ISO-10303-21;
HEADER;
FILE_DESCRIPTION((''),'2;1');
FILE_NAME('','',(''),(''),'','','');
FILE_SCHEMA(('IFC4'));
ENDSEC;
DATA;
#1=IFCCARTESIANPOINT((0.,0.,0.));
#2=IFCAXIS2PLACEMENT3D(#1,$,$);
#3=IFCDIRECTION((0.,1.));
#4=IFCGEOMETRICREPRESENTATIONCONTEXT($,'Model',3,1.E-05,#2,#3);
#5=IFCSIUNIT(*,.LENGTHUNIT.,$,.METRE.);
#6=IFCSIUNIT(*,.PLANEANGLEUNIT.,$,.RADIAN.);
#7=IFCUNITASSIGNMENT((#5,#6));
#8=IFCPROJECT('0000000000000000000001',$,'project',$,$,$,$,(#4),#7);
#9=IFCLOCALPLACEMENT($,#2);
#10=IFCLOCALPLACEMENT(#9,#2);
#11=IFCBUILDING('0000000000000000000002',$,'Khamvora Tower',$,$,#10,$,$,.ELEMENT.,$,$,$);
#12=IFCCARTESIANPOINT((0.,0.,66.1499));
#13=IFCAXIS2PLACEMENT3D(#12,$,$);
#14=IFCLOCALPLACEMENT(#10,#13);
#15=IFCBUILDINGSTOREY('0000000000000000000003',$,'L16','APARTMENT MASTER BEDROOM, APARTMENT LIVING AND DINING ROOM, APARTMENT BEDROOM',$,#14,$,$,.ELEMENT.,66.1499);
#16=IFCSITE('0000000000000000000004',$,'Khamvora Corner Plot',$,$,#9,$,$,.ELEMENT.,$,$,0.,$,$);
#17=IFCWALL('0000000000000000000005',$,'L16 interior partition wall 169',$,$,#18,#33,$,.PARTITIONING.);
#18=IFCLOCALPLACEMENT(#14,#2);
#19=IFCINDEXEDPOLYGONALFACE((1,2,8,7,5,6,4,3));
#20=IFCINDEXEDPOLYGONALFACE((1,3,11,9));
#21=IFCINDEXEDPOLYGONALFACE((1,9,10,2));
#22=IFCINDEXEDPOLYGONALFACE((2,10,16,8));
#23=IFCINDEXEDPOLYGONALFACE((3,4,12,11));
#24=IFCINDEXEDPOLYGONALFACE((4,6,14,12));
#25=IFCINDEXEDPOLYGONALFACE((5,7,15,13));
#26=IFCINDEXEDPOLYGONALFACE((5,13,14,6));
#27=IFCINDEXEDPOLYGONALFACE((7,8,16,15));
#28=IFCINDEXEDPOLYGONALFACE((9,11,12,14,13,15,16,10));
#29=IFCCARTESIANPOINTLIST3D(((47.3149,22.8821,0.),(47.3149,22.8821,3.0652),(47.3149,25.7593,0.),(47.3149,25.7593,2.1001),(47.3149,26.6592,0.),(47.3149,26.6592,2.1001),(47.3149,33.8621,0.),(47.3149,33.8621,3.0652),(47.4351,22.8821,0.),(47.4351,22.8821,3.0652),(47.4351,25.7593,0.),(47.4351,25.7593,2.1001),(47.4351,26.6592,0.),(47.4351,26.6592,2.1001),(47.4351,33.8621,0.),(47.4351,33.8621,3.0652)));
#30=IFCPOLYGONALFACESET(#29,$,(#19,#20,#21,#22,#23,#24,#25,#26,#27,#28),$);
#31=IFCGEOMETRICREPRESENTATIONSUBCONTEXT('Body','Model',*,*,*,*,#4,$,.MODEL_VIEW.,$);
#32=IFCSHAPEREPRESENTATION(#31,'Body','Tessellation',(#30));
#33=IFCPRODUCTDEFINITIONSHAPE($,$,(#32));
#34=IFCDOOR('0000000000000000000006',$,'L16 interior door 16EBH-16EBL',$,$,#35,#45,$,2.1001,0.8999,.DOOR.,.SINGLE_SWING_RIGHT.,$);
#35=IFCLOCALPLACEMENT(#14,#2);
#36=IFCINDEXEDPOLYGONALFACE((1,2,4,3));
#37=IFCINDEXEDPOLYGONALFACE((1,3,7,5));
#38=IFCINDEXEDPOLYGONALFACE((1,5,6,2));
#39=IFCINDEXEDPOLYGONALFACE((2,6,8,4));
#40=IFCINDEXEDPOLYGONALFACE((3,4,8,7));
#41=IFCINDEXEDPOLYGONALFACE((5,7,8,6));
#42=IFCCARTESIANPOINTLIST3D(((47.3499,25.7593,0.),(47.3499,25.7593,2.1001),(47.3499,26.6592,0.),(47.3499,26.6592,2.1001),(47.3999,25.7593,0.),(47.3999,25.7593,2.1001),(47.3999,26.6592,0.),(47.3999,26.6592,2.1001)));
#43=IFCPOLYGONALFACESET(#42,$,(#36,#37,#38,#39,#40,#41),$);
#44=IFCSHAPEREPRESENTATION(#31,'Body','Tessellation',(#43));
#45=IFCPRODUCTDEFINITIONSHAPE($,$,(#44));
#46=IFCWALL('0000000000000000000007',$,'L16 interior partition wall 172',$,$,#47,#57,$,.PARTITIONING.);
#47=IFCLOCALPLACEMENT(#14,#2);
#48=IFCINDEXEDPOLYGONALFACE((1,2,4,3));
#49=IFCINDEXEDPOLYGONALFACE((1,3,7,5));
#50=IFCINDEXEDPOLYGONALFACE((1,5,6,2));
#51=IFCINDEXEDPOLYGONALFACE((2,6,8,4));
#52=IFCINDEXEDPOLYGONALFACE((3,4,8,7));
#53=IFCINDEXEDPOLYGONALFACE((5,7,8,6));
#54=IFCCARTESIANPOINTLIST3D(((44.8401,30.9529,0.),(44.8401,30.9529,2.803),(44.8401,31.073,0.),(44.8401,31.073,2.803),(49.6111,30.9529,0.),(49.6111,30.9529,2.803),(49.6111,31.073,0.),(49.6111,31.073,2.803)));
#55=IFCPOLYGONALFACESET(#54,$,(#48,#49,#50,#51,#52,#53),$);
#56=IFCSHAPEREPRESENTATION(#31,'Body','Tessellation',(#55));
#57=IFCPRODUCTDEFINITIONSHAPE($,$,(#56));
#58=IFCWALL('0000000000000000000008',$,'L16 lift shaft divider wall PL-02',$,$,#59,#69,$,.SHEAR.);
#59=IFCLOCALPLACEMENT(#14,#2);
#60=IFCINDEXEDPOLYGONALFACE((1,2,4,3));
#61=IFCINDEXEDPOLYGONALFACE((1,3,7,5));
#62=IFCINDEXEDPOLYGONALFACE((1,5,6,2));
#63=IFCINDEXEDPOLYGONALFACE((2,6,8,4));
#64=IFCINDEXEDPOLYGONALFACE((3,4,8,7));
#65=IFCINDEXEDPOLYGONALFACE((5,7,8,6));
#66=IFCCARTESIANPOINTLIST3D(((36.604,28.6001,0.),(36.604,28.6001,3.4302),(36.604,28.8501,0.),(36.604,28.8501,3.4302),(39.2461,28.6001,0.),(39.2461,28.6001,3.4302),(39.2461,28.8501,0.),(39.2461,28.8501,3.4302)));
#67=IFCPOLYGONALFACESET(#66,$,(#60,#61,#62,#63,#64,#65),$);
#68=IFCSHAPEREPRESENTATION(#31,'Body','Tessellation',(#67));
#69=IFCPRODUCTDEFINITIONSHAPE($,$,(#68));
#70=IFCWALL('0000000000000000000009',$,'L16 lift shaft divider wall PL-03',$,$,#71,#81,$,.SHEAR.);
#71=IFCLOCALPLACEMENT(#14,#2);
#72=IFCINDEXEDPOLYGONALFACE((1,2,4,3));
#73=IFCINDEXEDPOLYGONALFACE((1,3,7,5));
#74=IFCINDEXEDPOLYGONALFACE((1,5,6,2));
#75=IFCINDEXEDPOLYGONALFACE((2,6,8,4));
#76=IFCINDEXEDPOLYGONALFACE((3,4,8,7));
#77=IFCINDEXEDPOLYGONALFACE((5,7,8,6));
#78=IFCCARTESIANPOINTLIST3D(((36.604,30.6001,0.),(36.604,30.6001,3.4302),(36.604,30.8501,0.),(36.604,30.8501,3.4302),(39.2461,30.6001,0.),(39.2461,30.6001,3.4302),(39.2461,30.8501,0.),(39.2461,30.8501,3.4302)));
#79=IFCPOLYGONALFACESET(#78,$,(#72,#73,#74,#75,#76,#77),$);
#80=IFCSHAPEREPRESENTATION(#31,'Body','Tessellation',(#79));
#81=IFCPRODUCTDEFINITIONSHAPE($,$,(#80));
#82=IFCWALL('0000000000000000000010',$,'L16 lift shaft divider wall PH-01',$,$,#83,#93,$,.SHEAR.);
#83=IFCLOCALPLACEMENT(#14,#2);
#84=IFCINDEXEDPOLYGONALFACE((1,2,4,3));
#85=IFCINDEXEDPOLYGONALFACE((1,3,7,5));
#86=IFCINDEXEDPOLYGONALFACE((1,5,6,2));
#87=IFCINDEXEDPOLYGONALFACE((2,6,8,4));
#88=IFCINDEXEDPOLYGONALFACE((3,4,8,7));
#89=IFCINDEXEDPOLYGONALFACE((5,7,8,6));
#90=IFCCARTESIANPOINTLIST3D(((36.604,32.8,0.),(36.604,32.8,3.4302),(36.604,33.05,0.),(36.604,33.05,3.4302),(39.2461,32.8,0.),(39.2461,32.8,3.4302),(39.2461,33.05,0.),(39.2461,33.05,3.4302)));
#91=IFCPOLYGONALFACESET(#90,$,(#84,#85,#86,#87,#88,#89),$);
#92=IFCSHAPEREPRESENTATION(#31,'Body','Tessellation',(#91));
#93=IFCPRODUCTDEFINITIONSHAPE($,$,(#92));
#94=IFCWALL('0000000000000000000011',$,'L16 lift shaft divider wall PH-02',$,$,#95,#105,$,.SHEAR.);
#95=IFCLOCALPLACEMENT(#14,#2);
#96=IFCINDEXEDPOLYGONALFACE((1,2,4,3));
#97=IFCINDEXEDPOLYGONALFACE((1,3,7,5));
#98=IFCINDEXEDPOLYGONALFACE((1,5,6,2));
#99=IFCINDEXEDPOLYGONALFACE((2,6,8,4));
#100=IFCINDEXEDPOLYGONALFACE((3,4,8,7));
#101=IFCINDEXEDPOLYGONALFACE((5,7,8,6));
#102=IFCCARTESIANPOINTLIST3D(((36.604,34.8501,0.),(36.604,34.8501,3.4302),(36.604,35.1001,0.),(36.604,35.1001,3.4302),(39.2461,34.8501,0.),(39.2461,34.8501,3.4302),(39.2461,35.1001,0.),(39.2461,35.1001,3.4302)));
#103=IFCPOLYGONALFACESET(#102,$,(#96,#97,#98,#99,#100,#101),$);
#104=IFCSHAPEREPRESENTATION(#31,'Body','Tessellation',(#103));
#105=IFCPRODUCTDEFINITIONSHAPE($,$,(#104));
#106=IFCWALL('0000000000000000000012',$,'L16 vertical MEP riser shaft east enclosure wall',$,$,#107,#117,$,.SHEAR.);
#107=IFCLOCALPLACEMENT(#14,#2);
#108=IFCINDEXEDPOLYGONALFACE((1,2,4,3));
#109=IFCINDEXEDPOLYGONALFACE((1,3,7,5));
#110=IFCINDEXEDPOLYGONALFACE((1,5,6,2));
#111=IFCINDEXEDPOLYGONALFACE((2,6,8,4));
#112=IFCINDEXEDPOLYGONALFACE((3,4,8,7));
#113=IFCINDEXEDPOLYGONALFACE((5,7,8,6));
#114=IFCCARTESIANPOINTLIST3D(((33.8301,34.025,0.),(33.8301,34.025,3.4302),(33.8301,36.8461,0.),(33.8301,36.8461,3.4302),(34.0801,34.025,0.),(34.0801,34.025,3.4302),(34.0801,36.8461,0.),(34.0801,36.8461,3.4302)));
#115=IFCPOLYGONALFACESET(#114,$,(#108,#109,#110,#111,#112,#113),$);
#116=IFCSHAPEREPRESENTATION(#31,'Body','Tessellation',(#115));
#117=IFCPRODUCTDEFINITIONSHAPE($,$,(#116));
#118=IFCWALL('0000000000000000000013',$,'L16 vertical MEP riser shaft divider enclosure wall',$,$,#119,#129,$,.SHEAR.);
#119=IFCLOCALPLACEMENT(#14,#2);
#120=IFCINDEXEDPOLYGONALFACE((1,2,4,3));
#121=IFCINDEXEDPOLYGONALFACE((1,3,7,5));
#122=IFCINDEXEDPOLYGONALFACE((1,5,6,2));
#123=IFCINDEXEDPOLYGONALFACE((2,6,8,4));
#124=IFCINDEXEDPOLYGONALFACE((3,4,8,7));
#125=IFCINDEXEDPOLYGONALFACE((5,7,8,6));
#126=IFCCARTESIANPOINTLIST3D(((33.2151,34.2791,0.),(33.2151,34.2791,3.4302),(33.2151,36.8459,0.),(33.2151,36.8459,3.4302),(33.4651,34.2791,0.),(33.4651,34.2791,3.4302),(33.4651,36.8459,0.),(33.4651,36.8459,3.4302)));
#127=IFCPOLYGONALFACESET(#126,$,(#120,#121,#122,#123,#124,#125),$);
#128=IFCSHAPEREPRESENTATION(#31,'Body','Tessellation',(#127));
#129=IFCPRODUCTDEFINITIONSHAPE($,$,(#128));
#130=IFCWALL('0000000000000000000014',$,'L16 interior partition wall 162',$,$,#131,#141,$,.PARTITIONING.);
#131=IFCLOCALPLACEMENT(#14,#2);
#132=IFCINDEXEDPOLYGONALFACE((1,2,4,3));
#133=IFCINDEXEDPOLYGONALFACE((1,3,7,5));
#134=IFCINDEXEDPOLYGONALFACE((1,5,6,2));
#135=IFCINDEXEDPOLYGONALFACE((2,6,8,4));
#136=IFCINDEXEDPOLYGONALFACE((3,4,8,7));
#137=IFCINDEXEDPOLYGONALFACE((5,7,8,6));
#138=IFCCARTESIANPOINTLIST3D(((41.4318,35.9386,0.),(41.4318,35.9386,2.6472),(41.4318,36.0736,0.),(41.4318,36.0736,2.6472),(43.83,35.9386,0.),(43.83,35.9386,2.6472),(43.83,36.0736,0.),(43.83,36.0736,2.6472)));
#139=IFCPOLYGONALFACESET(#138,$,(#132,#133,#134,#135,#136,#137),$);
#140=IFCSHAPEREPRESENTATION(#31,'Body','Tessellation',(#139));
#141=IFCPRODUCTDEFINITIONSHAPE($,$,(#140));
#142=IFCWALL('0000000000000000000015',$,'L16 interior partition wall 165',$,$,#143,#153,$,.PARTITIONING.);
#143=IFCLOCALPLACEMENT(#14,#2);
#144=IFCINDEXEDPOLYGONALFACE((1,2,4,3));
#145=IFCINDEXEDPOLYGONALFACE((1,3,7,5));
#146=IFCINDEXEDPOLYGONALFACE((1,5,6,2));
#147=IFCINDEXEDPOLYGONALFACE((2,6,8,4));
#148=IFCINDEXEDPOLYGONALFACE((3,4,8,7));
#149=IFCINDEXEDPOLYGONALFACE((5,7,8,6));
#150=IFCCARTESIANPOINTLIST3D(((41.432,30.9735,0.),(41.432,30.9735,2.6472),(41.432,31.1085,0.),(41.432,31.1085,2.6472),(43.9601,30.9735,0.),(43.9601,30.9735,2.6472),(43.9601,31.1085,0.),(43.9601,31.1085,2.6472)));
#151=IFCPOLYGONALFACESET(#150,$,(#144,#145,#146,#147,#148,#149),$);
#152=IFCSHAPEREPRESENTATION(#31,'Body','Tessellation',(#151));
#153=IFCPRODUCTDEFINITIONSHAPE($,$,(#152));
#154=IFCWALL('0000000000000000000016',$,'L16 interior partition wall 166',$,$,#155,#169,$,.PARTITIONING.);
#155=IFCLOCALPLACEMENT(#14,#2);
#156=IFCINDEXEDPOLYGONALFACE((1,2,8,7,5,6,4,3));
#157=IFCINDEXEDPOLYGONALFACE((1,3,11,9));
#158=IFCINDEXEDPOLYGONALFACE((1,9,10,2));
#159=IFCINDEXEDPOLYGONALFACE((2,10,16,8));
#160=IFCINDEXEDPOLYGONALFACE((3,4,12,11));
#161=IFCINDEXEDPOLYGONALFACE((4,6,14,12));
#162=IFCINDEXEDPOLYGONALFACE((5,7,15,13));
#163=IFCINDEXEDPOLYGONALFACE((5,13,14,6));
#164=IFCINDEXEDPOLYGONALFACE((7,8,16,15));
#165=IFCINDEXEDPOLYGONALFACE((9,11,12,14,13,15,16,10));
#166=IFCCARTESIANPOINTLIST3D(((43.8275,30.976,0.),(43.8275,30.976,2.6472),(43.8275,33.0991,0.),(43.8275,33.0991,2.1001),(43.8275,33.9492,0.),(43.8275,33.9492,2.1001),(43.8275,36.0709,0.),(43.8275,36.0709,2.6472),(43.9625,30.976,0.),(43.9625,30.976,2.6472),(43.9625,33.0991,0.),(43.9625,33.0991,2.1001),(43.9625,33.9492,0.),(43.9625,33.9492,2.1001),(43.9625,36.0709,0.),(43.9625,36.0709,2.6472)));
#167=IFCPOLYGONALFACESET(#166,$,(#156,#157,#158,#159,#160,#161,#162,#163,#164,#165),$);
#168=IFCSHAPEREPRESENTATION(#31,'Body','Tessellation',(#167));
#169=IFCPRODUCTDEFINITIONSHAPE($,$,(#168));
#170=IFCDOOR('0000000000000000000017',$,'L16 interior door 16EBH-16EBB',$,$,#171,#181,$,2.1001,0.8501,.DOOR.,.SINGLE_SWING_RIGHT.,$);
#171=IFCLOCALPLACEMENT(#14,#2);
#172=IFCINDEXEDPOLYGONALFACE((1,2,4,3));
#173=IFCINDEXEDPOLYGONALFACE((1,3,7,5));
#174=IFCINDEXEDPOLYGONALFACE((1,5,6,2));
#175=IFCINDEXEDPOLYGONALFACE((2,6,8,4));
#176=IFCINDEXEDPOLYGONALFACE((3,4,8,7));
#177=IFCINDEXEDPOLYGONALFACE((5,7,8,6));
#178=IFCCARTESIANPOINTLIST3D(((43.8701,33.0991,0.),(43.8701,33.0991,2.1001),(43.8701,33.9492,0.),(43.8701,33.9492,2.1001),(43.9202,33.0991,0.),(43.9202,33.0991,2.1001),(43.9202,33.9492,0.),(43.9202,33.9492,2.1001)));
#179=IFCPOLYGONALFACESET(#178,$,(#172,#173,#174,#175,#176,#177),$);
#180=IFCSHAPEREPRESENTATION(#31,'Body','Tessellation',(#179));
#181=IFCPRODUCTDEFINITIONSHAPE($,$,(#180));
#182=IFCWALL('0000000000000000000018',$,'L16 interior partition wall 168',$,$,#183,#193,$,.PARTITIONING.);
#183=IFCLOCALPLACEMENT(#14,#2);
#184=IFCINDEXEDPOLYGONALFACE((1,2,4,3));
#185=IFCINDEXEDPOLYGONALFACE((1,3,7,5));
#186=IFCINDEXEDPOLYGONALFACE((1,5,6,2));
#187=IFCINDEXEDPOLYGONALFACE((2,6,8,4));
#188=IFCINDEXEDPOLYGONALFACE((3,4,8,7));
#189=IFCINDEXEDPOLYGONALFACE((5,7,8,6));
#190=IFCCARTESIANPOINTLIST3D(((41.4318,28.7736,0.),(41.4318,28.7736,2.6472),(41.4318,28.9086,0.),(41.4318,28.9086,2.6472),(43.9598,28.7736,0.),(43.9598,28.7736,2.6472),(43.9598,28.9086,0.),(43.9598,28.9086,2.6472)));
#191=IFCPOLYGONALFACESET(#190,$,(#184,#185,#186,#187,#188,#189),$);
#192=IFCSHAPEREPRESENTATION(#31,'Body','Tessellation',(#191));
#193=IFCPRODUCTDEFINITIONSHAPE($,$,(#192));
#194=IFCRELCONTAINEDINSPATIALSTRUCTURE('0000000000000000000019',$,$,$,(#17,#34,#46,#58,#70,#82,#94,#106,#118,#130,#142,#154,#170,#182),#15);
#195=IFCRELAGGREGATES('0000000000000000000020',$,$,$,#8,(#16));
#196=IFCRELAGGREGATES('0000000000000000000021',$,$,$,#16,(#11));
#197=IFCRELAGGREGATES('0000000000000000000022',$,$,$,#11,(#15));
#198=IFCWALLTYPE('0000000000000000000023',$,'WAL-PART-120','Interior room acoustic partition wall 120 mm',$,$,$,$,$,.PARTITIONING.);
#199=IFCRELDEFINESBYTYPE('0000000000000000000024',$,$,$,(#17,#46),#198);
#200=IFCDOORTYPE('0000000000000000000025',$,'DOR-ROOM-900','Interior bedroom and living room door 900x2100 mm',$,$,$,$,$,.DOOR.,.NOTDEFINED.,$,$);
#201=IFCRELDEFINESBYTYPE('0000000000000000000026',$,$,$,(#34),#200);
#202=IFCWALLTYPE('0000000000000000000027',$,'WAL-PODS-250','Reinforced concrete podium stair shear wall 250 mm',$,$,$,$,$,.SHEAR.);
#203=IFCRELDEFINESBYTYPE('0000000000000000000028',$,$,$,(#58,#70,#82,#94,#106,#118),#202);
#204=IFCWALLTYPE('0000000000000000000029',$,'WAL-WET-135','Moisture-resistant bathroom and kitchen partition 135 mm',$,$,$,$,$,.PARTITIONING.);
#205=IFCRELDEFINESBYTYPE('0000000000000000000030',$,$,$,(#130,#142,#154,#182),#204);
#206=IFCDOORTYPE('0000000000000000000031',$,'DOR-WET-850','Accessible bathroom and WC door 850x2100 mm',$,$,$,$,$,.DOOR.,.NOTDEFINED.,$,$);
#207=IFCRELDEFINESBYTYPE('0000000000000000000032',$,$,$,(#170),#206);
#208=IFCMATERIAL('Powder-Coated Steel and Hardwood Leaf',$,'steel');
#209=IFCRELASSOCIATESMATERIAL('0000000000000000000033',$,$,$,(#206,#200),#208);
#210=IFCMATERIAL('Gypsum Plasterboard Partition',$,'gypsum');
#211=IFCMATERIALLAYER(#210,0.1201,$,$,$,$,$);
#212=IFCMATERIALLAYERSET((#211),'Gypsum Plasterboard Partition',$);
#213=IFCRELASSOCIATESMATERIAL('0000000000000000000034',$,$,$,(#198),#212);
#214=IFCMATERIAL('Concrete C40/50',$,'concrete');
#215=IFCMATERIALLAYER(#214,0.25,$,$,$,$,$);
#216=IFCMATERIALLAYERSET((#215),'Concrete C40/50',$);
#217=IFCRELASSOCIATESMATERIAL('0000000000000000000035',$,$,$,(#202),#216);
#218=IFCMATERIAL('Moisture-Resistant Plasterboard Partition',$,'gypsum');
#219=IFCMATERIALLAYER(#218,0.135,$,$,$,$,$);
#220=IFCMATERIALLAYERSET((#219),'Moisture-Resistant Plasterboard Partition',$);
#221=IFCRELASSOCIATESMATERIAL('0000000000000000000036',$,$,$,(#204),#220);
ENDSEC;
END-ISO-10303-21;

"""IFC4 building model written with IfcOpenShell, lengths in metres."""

from ifc_helpers import new_model, si_unit, direction, frame, frame_2d, origin, place, context, subcontext, project, spatial, rectangle, extrude, material, layer, layer_set, type_object, element, fill, save


model = new_model("IFC4")

# Units and contexts
model_context = context("Model", 3, precision=1e-05, world=origin(), true_north=direction((0.0, 1.0)))
body_context = subcontext(model_context, "Body", "Model", "MODEL_VIEW")
ifc_project = project(units=[si_unit("LENGTHUNIT", "METRE"), si_unit("PLANEANGLEUNIT", "RADIAN")], contexts=[model_context])

# Site, building, storey
site_placement = place(None, origin())
site = spatial("IfcSite", under=ifc_project, at=site_placement, Name="Khamvora Corner Plot", CompositionType="ELEMENT", RefElevation=0.0)
building_placement = place(site_placement, origin())
building = spatial("IfcBuilding", under=site, at=building_placement, Name="Khamvora Tower", CompositionType="ELEMENT")
storey_placement = place(building_placement, frame((0.0, 0.0, 66.1499)))
storey = spatial("IfcBuildingStorey", under=building, at=storey_placement, Name="L16", Description="APARTMENT MASTER BEDROOM, APARTMENT LIVING AND DINING ROOM, APARTMENT BEDROOM", CompositionType="ELEMENT", Elevation=66.1499)

# Shared definitions
ifc_material_1 = material(Name="Powder-Coated Steel and Hardwood Leaf", Category="steel")
door_type_1 = type_object("IfcDoorType", Name="DOR-WET-850", Description="Accessible bathroom and WC door 850x2100 mm", OperationType="NOTDEFINED", PredefinedType="DOOR", material=ifc_material_1)

# Shared definitions
door_type_2 = type_object("IfcDoorType", Name="DOR-ROOM-900", Description="Interior bedroom and living room door 900x2100 mm", OperationType="NOTDEFINED", PredefinedType="DOOR", material=ifc_material_1)

# Wall, opening, door
ifc_material_2 = material(Name="Gypsum Plasterboard Partition", Category="gypsum")
ifc_layer_1 = layer(ifc_material_2, 0.1201)
ifc_layer_set_1 = layer_set([ifc_layer_1], Name="Gypsum Plasterboard Partition")
wall_type_1 = type_object("IfcWallType", Name="WAL-PART-120", Description="Interior room acoustic partition wall 120 mm", PredefinedType="PARTITIONING", material=ifc_layer_set_1)
wall_1_placement = place(storey_placement, frame((47.375, 33.8621, 0.0), z_axis=(0.0, 0.0, 1.0), x_axis=(0.0, -1.0, 0.0)))
wall_1 = element("IfcWall", 1, at=wall_1_placement, inside=storey, type_object=wall_type_1, Name="L16 interior partition wall 169", PredefinedType="PARTITIONING", context=body_context, shape_type="SweptSolid", body=[
    extrude(rectangle(XDim=10.98, YDim=0.1201, at=frame_2d((5.49, 0.0))), origin(), (0.0, 0.0, 1.0), 3.0652),
])
opening_1_placement = place(wall_1_placement, frame((7.2029, 0.0, 0.0)))
opening_1 = element("IfcOpeningElement", 2, at=opening_1_placement, cuts=wall_1, PredefinedType="OPENING", context=body_context, shape_type="SweptSolid", body=[
    extrude(rectangle(XDim=0.8999, YDim=2.1001, at=frame_2d((0.45, 1.05))), frame((0.0, 0.0701, 0.0), z_axis=(0.0, -1.0, 0.0), x_axis=(1.0, 0.0, 0.0)), (0.0, 0.0, 1.0), 0.1401),
])
door_1_placement = place(opening_1_placement, origin())
door_1 = element("IfcDoor", 3, at=door_1_placement, inside=storey, type_object=door_type_2, Name="L16 interior door 16EBH-16EBL", OperationType="SINGLE_SWING_RIGHT", OverallHeight=2.1001, OverallWidth=0.8999, PredefinedType="DOOR", context=body_context, shape_type="SweptSolid", body=[
    extrude(rectangle(XDim=0.8999, YDim=2.1001, at=frame_2d((0.45, 1.05))), frame((0.0, 0.0249, 0.0), z_axis=(0.0, -1.0, 0.0), x_axis=(1.0, 0.0, 0.0)), (0.0, 0.0, 1.0), 0.05),
])
fill(opening_1, door_1)

# Walls
wall_2_placement = place(storey_placement, frame((44.8401, 31.0129, 0.0), z_axis=(0.0, 0.0, 1.0), x_axis=(1.0, 0.0, 0.0)))
element("IfcWall", 4, at=wall_2_placement, inside=storey, type_object=wall_type_1, Name="L16 interior partition wall 172", PredefinedType="PARTITIONING", context=body_context, shape_type="SweptSolid", body=[
    extrude(rectangle(XDim=4.771, YDim=0.1201, at=frame_2d((2.3855, 0.0))), origin(), (0.0, 0.0, 1.0), 2.803),
])
ifc_material_3 = material(Name="Concrete C40/50", Category="concrete")
ifc_layer_2 = layer(ifc_material_3, 0.25)
ifc_layer_set_2 = layer_set([ifc_layer_2], Name="Concrete C40/50")
wall_type_2 = type_object("IfcWallType", Name="WAL-PODS-250", Description="Reinforced concrete podium stair shear wall 250 mm", PredefinedType="SHEAR", material=ifc_layer_set_2)
for number, where, z_axis, x_axis, name in (
    (5, (36.604, 28.7251, 0.0), (0.0, 0.0, 1.0), (1.0, 0.0, 0.0), "L16 lift shaft divider wall PL-02"),
    (6, (36.604, 30.7251, 0.0), (0.0, 0.0, 1.0), (1.0, 0.0, 0.0), "L16 lift shaft divider wall PL-03"),
    (7, (36.604, 32.925, 0.0), (0.0, 0.0, 1.0), (1.0, 0.0, 0.0), "L16 lift shaft divider wall PH-01"),
    (8, (36.604, 34.9751, 0.0), (0.0, 0.0, 1.0), (1.0, 0.0, 0.0), "L16 lift shaft divider wall PH-02"),
):
    element("IfcWall", number, at=place(storey_placement, frame(where, z_axis=z_axis, x_axis=x_axis)), inside=storey, type_object=wall_type_2, Name=name, PredefinedType="SHEAR", context=body_context, shape_type="SweptSolid", body=[
        extrude(rectangle(XDim=2.6421, YDim=0.25, at=frame_2d((1.321, 0.0))), origin(), (0.0, 0.0, 1.0), 3.4302),
    ])
wall_3_placement = place(storey_placement, frame((33.9551, 34.0249, 0.0), z_axis=(0.0, 0.0, 1.0), x_axis=(0.0, 1.0, 0.0)))
element("IfcWall", 9, at=wall_3_placement, inside=storey, type_object=wall_type_2, Name="L16 vertical MEP riser shaft east enclosure wall", PredefinedType="SHEAR", context=body_context, shape_type="SweptSolid", body=[
    extrude(rectangle(XDim=2.821, YDim=0.25, at=frame_2d((1.4106, 0.0))), origin(), (0.0, 0.0, 1.0), 3.4302),
])
wall_4_placement = place(storey_placement, frame((33.3401, 34.2791, 0.0), z_axis=(0.0, 0.0, 1.0), x_axis=(0.0, 1.0, 0.0)))
element("IfcWall", 10, at=wall_4_placement, inside=storey, type_object=wall_type_2, Name="L16 vertical MEP riser shaft divider enclosure wall", PredefinedType="SHEAR", context=body_context, shape_type="SweptSolid", body=[
    extrude(rectangle(XDim=2.5669, YDim=0.25, at=frame_2d((1.2834, 0.0))), origin(), (0.0, 0.0, 1.0), 3.4302),
])
ifc_material_4 = material(Name="Moisture-Resistant Plasterboard Partition", Category="gypsum")
ifc_layer_3 = layer(ifc_material_4, 0.135)
ifc_layer_set_3 = layer_set([ifc_layer_3], Name="Moisture-Resistant Plasterboard Partition")
wall_type_3 = type_object("IfcWallType", Name="WAL-WET-135", Description="Moisture-resistant bathroom and kitchen partition 135 mm", PredefinedType="PARTITIONING", material=ifc_layer_set_3)
wall_5_placement = place(storey_placement, frame((43.8301, 36.0061, 0.0), z_axis=(0.0, 0.0, 1.0), x_axis=(-1.0, 0.0, 0.0)))
element("IfcWall", 11, at=wall_5_placement, inside=storey, type_object=wall_type_3, Name="L16 interior partition wall 162", PredefinedType="PARTITIONING", context=body_context, shape_type="SweptSolid", body=[
    extrude(rectangle(XDim=2.3982, YDim=0.135, at=frame_2d((1.1992, 0.0))), origin(), (0.0, 0.0, 1.0), 2.6472),
])
wall_6_placement = place(storey_placement, frame((41.4319, 31.041, 0.0), z_axis=(0.0, 0.0, 1.0), x_axis=(1.0, 0.0, 0.0)))
element("IfcWall", 12, at=wall_6_placement, inside=storey, type_object=wall_type_3, Name="L16 interior partition wall 165", PredefinedType="PARTITIONING", context=body_context, shape_type="SweptSolid", body=[
    extrude(rectangle(XDim=2.5281, YDim=0.135, at=frame_2d((1.2642, 0.0))), origin(), (0.0, 0.0, 1.0), 2.6472),
])

# Wall, opening, door
wall_7_placement = place(storey_placement, frame((43.895, 30.9761, 0.0), z_axis=(0.0, 0.0, 1.0), x_axis=(0.0, 1.0, 0.0)))
wall_7 = element("IfcWall", 13, at=wall_7_placement, inside=storey, type_object=wall_type_3, Name="L16 interior partition wall 166", PredefinedType="PARTITIONING", context=body_context, shape_type="SweptSolid", body=[
    extrude(rectangle(XDim=5.095, YDim=0.135, at=frame_2d((2.5474, 0.0))), origin(), (0.0, 0.0, 1.0), 2.6472),
])
opening_2_placement = place(wall_7_placement, frame((2.123, 0.0, 0.0)))
opening_2 = element("IfcOpeningElement", 14, at=opening_2_placement, cuts=wall_7, PredefinedType="OPENING", context=body_context, shape_type="SweptSolid", body=[
    extrude(rectangle(XDim=0.8501, YDim=2.1001, at=frame_2d((0.425, 1.05))), frame((0.0, 0.0774, 0.0), z_axis=(0.0, -1.0, 0.0), x_axis=(1.0, 0.0, 0.0)), (0.0, 0.0, 1.0), 0.155),
])
door_2_placement = place(opening_2_placement, origin())
door_2 = element("IfcDoor", 15, at=door_2_placement, inside=storey, type_object=door_type_1, Name="L16 interior door 16EBH-16EBB", OperationType="SINGLE_SWING_RIGHT", OverallHeight=2.1001, OverallWidth=0.8501, PredefinedType="DOOR", context=body_context, shape_type="SweptSolid", body=[
    extrude(rectangle(XDim=0.8501, YDim=2.1001, at=frame_2d((0.425, 1.05))), frame((0.0, 0.0249, 0.0), z_axis=(0.0, -1.0, 0.0), x_axis=(1.0, 0.0, 0.0)), (0.0, 0.0, 1.0), 0.05),
])
fill(opening_2, door_2)

# Wall
wall_8_placement = place(storey_placement, frame((43.96, 28.8411, 0.0), z_axis=(0.0, 0.0, 1.0), x_axis=(-1.0, 0.0, 0.0)))
element("IfcWall", 16, at=wall_8_placement, inside=storey, type_object=wall_type_3, Name="L16 interior partition wall 168", PredefinedType="PARTITIONING", context=body_context, shape_type="SweptSolid", body=[
    extrude(rectangle(XDim=2.5281, YDim=0.135, at=frame_2d((1.2642, 0.0))), origin(), (0.0, 0.0, 1.0), 2.6472),
])

save(model, "model.ifc")
